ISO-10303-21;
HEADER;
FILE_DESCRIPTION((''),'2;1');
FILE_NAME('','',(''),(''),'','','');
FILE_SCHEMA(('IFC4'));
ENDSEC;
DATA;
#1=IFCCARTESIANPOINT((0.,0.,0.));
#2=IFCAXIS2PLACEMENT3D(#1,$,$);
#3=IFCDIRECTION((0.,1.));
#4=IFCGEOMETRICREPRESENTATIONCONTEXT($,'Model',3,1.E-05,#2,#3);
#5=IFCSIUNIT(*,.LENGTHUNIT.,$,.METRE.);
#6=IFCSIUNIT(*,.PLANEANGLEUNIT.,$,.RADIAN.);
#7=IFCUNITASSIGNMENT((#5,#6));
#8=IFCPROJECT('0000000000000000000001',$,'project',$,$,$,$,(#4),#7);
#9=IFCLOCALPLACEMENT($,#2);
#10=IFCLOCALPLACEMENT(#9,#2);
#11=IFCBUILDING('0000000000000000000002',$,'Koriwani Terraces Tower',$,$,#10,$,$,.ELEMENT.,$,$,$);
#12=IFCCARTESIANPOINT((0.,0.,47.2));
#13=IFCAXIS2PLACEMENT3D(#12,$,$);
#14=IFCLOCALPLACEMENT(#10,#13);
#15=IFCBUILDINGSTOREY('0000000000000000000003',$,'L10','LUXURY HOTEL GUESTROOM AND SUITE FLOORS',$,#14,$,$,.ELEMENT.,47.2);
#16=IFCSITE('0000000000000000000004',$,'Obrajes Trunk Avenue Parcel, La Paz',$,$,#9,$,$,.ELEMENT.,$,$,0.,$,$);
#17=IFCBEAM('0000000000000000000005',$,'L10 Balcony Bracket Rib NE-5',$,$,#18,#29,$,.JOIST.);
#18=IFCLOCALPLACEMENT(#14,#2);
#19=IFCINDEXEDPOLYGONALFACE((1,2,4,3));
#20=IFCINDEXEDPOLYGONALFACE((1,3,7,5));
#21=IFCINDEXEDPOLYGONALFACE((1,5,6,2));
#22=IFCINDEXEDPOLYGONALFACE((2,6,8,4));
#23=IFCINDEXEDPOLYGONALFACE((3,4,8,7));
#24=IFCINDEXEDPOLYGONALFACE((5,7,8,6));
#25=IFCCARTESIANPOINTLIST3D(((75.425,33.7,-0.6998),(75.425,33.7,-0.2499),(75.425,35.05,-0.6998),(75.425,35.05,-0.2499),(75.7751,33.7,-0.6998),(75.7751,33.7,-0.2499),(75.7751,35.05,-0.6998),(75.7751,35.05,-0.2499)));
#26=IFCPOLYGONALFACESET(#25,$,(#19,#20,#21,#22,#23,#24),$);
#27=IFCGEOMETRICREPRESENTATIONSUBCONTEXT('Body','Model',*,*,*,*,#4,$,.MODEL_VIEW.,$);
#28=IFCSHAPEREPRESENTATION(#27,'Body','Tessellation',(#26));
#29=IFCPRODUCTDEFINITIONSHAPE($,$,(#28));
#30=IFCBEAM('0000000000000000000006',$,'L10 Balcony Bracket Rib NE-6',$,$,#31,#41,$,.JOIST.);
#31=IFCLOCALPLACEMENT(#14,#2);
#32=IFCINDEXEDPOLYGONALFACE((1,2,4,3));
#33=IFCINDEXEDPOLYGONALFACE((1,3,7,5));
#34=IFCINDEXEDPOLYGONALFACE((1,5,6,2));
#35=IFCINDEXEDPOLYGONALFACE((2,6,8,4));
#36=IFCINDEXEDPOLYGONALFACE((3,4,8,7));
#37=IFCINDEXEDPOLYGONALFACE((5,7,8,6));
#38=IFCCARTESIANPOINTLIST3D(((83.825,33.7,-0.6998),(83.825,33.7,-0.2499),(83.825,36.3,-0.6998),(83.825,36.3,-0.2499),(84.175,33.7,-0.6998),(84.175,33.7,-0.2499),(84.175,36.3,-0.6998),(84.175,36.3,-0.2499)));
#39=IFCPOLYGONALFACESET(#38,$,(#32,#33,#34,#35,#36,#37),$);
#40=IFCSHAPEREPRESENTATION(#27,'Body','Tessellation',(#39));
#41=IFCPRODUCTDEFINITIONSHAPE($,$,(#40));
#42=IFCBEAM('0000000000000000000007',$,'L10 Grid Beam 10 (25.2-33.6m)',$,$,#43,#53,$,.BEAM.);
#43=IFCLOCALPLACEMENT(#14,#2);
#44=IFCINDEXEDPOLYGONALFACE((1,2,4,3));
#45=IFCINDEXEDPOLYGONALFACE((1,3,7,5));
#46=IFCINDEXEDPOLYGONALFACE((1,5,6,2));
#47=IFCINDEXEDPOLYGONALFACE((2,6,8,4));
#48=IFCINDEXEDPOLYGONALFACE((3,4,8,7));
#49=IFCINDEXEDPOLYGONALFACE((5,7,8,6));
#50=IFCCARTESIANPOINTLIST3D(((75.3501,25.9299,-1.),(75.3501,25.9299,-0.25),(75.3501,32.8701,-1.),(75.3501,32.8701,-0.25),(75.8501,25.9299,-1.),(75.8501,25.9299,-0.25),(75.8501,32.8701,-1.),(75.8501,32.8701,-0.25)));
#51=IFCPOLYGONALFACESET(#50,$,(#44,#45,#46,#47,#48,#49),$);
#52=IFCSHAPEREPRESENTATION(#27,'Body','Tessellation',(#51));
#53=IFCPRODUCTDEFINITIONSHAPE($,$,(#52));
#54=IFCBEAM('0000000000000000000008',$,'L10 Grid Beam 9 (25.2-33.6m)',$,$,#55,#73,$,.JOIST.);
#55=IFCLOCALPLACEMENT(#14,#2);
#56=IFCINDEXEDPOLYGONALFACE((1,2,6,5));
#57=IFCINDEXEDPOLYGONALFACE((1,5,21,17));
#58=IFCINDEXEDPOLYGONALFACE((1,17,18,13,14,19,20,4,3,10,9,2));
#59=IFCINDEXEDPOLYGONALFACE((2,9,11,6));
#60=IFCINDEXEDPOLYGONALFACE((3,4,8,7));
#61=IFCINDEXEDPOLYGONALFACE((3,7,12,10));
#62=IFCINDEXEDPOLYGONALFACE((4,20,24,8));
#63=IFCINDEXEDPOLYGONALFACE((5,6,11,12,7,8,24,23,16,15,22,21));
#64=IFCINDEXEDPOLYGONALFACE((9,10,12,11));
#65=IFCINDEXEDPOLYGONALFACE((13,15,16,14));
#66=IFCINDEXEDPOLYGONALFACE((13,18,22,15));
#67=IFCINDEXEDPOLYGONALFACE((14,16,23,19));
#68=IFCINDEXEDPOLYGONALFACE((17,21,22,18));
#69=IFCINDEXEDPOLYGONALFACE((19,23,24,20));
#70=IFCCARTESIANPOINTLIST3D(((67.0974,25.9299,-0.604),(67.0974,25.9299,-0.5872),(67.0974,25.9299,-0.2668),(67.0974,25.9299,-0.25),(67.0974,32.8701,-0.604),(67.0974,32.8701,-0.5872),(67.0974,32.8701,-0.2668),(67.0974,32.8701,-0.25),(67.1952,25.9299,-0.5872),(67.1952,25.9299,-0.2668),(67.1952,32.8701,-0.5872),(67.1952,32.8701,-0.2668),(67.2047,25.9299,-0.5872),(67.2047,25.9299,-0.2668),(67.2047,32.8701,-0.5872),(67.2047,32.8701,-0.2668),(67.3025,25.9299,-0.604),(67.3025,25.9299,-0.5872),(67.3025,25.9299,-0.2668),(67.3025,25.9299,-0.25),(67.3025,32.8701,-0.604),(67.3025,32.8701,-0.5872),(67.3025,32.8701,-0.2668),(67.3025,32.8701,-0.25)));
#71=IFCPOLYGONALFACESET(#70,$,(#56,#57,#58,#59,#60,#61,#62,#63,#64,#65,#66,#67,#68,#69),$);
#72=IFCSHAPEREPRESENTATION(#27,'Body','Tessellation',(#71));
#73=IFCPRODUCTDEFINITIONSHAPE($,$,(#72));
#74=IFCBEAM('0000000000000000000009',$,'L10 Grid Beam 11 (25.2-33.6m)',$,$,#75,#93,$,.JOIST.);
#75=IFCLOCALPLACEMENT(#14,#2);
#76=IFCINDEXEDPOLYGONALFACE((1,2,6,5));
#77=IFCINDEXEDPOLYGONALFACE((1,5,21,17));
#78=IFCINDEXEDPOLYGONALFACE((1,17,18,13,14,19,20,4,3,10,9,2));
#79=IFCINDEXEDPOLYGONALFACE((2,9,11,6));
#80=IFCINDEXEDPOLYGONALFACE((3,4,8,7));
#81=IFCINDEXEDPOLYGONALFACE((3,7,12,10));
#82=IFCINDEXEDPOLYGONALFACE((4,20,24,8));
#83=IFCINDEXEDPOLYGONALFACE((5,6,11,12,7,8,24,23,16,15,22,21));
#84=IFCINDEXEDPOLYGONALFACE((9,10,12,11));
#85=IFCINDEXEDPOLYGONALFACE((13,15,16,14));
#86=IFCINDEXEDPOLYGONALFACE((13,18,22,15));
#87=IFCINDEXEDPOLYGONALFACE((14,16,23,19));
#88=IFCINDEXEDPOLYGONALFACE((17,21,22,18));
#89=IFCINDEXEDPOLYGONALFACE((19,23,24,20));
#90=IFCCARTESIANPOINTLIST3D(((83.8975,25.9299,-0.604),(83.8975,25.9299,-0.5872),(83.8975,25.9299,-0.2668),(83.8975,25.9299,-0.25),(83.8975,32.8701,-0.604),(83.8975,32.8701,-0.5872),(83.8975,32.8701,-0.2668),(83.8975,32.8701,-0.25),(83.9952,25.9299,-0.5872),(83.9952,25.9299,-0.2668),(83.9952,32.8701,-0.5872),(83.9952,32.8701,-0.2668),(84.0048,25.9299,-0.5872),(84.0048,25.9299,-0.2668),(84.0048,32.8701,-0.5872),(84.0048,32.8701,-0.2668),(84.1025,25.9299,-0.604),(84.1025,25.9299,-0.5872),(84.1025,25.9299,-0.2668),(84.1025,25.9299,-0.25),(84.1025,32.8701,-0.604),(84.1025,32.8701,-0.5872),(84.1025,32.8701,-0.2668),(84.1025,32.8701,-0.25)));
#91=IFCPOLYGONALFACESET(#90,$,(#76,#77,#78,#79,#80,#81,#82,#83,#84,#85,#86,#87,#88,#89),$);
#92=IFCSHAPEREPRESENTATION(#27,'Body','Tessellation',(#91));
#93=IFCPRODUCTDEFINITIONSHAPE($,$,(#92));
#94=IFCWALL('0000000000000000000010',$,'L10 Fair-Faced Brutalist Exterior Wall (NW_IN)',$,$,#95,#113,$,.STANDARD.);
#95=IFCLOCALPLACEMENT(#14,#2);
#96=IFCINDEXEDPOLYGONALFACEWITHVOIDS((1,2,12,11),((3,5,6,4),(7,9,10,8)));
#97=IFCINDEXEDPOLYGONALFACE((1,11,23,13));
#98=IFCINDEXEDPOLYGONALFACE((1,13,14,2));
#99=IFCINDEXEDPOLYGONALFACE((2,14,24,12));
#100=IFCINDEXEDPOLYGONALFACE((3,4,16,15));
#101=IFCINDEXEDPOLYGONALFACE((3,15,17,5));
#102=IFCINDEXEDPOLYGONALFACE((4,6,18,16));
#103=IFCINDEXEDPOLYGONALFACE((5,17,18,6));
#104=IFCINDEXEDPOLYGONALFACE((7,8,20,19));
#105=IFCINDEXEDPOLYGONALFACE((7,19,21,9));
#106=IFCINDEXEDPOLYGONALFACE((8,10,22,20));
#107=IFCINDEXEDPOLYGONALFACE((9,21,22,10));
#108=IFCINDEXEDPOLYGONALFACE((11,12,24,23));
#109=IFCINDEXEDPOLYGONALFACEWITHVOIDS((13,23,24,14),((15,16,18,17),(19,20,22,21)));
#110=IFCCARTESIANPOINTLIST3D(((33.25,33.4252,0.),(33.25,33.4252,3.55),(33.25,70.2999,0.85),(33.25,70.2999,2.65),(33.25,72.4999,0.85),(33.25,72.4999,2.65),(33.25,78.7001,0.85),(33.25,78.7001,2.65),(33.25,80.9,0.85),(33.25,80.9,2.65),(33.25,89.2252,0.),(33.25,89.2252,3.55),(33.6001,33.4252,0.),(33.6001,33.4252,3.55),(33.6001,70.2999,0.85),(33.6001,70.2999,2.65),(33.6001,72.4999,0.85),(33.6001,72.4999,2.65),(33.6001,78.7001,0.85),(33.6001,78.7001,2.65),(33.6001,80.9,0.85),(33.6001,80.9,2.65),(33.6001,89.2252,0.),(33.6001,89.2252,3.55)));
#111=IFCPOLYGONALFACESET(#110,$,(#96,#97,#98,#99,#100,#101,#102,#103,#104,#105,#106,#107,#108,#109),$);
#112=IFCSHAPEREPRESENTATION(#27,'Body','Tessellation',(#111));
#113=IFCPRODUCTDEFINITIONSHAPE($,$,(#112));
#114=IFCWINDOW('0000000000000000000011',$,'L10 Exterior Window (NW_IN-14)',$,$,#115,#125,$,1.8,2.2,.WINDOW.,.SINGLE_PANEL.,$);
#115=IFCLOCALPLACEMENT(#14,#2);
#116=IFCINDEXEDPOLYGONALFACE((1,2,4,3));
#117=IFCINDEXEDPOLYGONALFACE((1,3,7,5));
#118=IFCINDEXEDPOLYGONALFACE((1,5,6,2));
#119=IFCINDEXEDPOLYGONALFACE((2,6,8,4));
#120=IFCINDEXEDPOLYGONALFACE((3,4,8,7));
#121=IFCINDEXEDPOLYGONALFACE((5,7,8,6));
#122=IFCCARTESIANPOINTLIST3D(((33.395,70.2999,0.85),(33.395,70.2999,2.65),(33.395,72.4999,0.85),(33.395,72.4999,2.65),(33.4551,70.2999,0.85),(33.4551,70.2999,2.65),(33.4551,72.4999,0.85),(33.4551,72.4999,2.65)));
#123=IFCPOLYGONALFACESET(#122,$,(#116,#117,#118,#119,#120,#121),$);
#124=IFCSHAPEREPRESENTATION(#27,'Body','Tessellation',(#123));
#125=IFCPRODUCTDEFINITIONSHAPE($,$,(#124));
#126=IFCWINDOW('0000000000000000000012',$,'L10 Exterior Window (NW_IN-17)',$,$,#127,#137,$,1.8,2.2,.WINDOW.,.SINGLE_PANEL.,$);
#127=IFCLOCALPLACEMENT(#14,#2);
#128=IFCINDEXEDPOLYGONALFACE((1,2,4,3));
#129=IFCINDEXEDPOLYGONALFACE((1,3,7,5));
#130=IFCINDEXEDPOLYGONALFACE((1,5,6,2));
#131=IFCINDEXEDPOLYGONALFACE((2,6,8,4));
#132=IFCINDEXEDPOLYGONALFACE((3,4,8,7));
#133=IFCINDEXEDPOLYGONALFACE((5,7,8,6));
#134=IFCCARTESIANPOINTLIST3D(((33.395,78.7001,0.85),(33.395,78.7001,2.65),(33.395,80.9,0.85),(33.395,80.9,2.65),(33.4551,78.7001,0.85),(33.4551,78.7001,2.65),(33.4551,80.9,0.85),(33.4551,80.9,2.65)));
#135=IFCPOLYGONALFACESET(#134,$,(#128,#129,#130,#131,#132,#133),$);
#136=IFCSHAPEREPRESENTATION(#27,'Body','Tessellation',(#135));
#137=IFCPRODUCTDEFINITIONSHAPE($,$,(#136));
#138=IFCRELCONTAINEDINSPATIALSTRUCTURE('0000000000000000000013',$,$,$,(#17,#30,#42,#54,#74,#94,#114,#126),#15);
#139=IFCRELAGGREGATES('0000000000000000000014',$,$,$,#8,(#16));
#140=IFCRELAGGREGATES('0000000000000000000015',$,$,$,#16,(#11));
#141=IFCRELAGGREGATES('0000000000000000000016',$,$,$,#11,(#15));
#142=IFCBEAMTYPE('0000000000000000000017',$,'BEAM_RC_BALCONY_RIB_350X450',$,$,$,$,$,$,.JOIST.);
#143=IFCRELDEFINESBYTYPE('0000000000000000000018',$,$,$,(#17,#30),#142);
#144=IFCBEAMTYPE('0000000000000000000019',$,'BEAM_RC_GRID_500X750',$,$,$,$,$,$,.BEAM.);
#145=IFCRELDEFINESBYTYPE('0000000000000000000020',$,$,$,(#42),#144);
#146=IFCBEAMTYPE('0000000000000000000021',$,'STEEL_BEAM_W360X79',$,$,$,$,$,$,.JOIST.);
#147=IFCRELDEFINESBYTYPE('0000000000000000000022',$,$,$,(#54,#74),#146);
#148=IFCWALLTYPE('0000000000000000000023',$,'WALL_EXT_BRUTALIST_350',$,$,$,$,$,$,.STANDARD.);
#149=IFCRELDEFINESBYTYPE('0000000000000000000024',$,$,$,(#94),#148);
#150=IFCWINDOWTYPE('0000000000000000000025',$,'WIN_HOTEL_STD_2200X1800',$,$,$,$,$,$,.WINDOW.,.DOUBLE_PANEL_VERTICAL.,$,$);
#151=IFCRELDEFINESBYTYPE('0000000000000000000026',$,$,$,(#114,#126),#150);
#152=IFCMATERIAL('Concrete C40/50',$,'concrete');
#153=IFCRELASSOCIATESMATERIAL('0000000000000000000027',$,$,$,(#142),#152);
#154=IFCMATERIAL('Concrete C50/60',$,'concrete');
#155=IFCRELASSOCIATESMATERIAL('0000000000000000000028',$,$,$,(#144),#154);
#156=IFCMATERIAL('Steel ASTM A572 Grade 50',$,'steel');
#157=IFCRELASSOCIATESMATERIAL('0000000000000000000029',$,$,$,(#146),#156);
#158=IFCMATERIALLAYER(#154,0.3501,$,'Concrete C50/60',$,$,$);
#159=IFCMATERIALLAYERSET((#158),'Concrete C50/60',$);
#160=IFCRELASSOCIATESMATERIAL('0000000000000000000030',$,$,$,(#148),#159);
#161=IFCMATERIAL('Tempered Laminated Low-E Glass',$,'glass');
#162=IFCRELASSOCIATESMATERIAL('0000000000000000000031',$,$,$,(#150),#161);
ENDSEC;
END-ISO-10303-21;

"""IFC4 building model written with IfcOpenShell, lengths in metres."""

from ifc_helpers import new_model, si_unit, direction, frame, frame_2d, origin, origin_2d, place, context, subcontext, project, spatial, rectangle, i_section, extrude, material, layer, layer_set, material_profile, profile_set, type_object, element, fill, save


model = new_model("IFC4")

# Units and contexts
model_context = context("Model", 3, precision=1e-05, world=origin(), true_north=direction((0.0, 1.0)))
body_context = subcontext(model_context, "Body", "Model", "MODEL_VIEW")
ifc_project = project(units=[si_unit("LENGTHUNIT", "METRE"), si_unit("PLANEANGLEUNIT", "RADIAN")], contexts=[model_context])

# Site, building, storey
site_placement = place(None, origin())
site = spatial("IfcSite", under=ifc_project, at=site_placement, Name="Obrajes Trunk Avenue Parcel, La Paz", CompositionType="ELEMENT", RefElevation=0.0)
building_placement = place(site_placement, origin())
building = spatial("IfcBuilding", under=site, at=building_placement, Name="Koriwani Terraces Tower", CompositionType="ELEMENT")
storey_placement = place(building_placement, frame((0.0, 0.0, 47.2)))
storey = spatial("IfcBuildingStorey", under=building, at=storey_placement, Name="L10", Description="LUXURY HOTEL GUESTROOM AND SUITE FLOORS", CompositionType="ELEMENT", Elevation=47.2)

# Beams
ifc_material_1 = material(Name="Concrete C40/50", Category="concrete")
ifc_material_profile_1 = material_profile(ifc_material_1, rectangle(XDim=0.3501, YDim=0.45, at=origin_2d()), Name="Concrete C40/50", Category="LoadBearing")
ifc_profile_set_1 = profile_set([ifc_material_profile_1], Name="Concrete C40/50")
beam_type_1 = type_object("IfcBeamType", Name="BEAM_RC_BALCONY_RIB_350X450", PredefinedType="JOIST", material=ifc_profile_set_1)
beam_1_placement = place(storey_placement, frame((75.6001, 33.7, -0.4749), z_axis=(0.0, 1.0, 0.0), x_axis=(-1.0, 0.0, 0.0)))
element("IfcBeam", 1, at=beam_1_placement, inside=storey, type_object=beam_type_1, Name="L10 Balcony Bracket Rib NE-5", PredefinedType="JOIST", context=body_context, shape_type="SweptSolid", body=[
    extrude(rectangle(XDim=0.3501, YDim=0.45, at=origin_2d()), origin(), (0.0, 0.0, 1.0), 1.3501),
])
beam_2_placement = place(storey_placement, frame((84.0, 33.7, -0.4749), z_axis=(0.0, 1.0, 0.0), x_axis=(-1.0, 0.0, 0.0)))
element("IfcBeam", 2, at=beam_2_placement, inside=storey, type_object=beam_type_1, Name="L10 Balcony Bracket Rib NE-6", PredefinedType="JOIST", context=body_context, shape_type="SweptSolid", body=[
    extrude(rectangle(XDim=0.3501, YDim=0.45, at=origin_2d()), origin(), (0.0, 0.0, 1.0), 2.6001),
])
ifc_material_2 = material(Name="Concrete C50/60", Category="concrete")
ifc_material_profile_2 = material_profile(ifc_material_2, rectangle(XDim=0.5, YDim=0.75, at=origin_2d()), Name="Concrete C50/60", Category="LoadBearing")
ifc_profile_set_2 = profile_set([ifc_material_profile_2], Name="Concrete C50/60")
beam_type_2 = type_object("IfcBeamType", Name="BEAM_RC_GRID_500X750", PredefinedType="BEAM", material=ifc_profile_set_2)
beam_3_placement = place(storey_placement, frame((75.6001, 25.9299, -0.625), z_axis=(0.0, 1.0, 0.0), x_axis=(-1.0, 0.0, 0.0)))
element("IfcBeam", 3, at=beam_3_placement, inside=storey, type_object=beam_type_2, Name="L10 Grid Beam 10 (25.2-33.6m)", PredefinedType="BEAM", context=body_context, shape_type="SweptSolid", body=[
    extrude(rectangle(XDim=0.5, YDim=0.75, at=origin_2d()), origin(), (0.0, 0.0, 1.0), 6.9402),
])
ifc_material_3 = material(Name="Steel ASTM A572 Grade 50", Category="steel")
ifc_material_profile_3 = material_profile(ifc_material_3, i_section(OverallWidth=0.2051, OverallDepth=0.354, WebThickness=0.0095, FlangeThickness=0.0168, at=origin_2d()), Name="Steel ASTM A572 Grade 50", Category="LoadBearing")
ifc_profile_set_3 = profile_set([ifc_material_profile_3], Name="Steel ASTM A572 Grade 50")
beam_type_3 = type_object("IfcBeamType", Name="STEEL_BEAM_W360X79", PredefinedType="JOIST", material=ifc_profile_set_3)
for number, where, z_axis, x_axis, name in (
    (4, (67.2, 25.9299, -0.427), (0.0, 1.0, 0.0), (-1.0, 0.0, 0.0), "L10 Grid Beam 9 (25.2-33.6m)"),
    (5, (84.0, 25.9299, -0.427), (0.0, 1.0, 0.0), (-1.0, 0.0, 0.0), "L10 Grid Beam 11 (25.2-33.6m)"),
):
    element("IfcBeam", number, at=place(storey_placement, frame(where, z_axis=z_axis, x_axis=x_axis)), inside=storey, type_object=beam_type_3, Name=name, PredefinedType="JOIST", context=body_context, shape_type="SweptSolid", body=[
        extrude(i_section(OverallWidth=0.2051, OverallDepth=0.354, WebThickness=0.0095, FlangeThickness=0.0168, at=origin_2d()), origin(), (0.0, 0.0, 1.0), 6.9402),
    ])

# Wall, openings, windows
ifc_layer_1 = layer(ifc_material_2, 0.3501, Name="Concrete C50/60")
ifc_layer_set_1 = layer_set([ifc_layer_1], Name="Concrete C50/60")
wall_type_1 = type_object("IfcWallType", Name="WALL_EXT_BRUTALIST_350", PredefinedType="STANDARD", material=ifc_layer_set_1)
wall_1_placement = place(storey_placement, frame((33.425, 89.2251, 0.0), z_axis=(0.0, 0.0, 1.0), x_axis=(0.0, -1.0, 0.0)))
wall_1 = element("IfcWall", 6, at=wall_1_placement, inside=storey, type_object=wall_type_1, Name="L10 Fair-Faced Brutalist Exterior Wall (NW_IN)", PredefinedType="STANDARD", context=body_context, shape_type="SweptSolid", body=[
    extrude(rectangle(XDim=55.8, YDim=0.3501, at=frame_2d((27.8999, 0.0))), origin(), (0.0, 0.0, 1.0), 3.55),
])
opening_1_placement = place(wall_1_placement, frame((16.7251, 0.0, 0.8501)))
opening_1 = element("IfcOpeningElement", 7, at=opening_1_placement, cuts=wall_1, PredefinedType="OPENING", context=body_context, shape_type="SweptSolid", body=[
    extrude(rectangle(XDim=2.2, YDim=1.8, at=frame_2d((1.1001, 0.8999))), frame((0.0, 0.1851, 0.0), z_axis=(0.0, -1.0, 0.0), x_axis=(1.0, 0.0, 0.0)), (0.0, 0.0, 1.0), 0.3701),
])
opening_2_placement = place(wall_1_placement, frame((8.325, 0.0, 0.8501)))
opening_2 = element("IfcOpeningElement", 8, at=opening_2_placement, cuts=wall_1, PredefinedType="OPENING", context=body_context, shape_type="SweptSolid", body=[
    extrude(rectangle(XDim=2.2, YDim=1.8, at=frame_2d((1.1001, 0.8999))), frame((0.0, 0.1851, 0.0), z_axis=(0.0, -1.0, 0.0), x_axis=(1.0, 0.0, 0.0)), (0.0, 0.0, 1.0), 0.3701),
])
ifc_material_4 = material(Name="Tempered Laminated Low-E Glass", Category="glass")
window_type = type_object("IfcWindowType", Name="WIN_HOTEL_STD_2200X1800", PartitioningType="DOUBLE_PANEL_VERTICAL", PredefinedType="WINDOW", material=ifc_material_4)
window_1_placement = place(opening_1_placement, origin())
window_1 = element("IfcWindow", 9, at=window_1_placement, inside=storey, type_object=window_type, Name="L10 Exterior Window (NW_IN-14)", OverallHeight=1.8, OverallWidth=2.2, PartitioningType="SINGLE_PANEL", PredefinedType="WINDOW", context=body_context, shape_type="SweptSolid", body=[
    extrude(rectangle(XDim=2.2, YDim=1.8, at=frame_2d((1.1001, 0.8999))), frame((0.0, 0.03, 0.0), z_axis=(0.0, -1.0, 0.0), x_axis=(1.0, 0.0, 0.0)), (0.0, 0.0, 1.0), 0.0601),
])
fill(opening_1, window_1)
window_2_placement = place(opening_2_placement, origin())
window_2 = element("IfcWindow", 10, at=window_2_placement, inside=storey, type_object=window_type, Name="L10 Exterior Window (NW_IN-17)", OverallHeight=1.8, OverallWidth=2.2, PartitioningType="SINGLE_PANEL", PredefinedType="WINDOW", context=body_context, shape_type="SweptSolid", body=[
    extrude(rectangle(XDim=2.2, YDim=1.8, at=frame_2d((1.1001, 0.8999))), frame((0.0, 0.03, 0.0), z_axis=(0.0, -1.0, 0.0), x_axis=(1.0, 0.0, 0.0)), (0.0, 0.0, 1.0), 0.0601),
])
fill(opening_2, window_2)

save(model, "model.ifc")
